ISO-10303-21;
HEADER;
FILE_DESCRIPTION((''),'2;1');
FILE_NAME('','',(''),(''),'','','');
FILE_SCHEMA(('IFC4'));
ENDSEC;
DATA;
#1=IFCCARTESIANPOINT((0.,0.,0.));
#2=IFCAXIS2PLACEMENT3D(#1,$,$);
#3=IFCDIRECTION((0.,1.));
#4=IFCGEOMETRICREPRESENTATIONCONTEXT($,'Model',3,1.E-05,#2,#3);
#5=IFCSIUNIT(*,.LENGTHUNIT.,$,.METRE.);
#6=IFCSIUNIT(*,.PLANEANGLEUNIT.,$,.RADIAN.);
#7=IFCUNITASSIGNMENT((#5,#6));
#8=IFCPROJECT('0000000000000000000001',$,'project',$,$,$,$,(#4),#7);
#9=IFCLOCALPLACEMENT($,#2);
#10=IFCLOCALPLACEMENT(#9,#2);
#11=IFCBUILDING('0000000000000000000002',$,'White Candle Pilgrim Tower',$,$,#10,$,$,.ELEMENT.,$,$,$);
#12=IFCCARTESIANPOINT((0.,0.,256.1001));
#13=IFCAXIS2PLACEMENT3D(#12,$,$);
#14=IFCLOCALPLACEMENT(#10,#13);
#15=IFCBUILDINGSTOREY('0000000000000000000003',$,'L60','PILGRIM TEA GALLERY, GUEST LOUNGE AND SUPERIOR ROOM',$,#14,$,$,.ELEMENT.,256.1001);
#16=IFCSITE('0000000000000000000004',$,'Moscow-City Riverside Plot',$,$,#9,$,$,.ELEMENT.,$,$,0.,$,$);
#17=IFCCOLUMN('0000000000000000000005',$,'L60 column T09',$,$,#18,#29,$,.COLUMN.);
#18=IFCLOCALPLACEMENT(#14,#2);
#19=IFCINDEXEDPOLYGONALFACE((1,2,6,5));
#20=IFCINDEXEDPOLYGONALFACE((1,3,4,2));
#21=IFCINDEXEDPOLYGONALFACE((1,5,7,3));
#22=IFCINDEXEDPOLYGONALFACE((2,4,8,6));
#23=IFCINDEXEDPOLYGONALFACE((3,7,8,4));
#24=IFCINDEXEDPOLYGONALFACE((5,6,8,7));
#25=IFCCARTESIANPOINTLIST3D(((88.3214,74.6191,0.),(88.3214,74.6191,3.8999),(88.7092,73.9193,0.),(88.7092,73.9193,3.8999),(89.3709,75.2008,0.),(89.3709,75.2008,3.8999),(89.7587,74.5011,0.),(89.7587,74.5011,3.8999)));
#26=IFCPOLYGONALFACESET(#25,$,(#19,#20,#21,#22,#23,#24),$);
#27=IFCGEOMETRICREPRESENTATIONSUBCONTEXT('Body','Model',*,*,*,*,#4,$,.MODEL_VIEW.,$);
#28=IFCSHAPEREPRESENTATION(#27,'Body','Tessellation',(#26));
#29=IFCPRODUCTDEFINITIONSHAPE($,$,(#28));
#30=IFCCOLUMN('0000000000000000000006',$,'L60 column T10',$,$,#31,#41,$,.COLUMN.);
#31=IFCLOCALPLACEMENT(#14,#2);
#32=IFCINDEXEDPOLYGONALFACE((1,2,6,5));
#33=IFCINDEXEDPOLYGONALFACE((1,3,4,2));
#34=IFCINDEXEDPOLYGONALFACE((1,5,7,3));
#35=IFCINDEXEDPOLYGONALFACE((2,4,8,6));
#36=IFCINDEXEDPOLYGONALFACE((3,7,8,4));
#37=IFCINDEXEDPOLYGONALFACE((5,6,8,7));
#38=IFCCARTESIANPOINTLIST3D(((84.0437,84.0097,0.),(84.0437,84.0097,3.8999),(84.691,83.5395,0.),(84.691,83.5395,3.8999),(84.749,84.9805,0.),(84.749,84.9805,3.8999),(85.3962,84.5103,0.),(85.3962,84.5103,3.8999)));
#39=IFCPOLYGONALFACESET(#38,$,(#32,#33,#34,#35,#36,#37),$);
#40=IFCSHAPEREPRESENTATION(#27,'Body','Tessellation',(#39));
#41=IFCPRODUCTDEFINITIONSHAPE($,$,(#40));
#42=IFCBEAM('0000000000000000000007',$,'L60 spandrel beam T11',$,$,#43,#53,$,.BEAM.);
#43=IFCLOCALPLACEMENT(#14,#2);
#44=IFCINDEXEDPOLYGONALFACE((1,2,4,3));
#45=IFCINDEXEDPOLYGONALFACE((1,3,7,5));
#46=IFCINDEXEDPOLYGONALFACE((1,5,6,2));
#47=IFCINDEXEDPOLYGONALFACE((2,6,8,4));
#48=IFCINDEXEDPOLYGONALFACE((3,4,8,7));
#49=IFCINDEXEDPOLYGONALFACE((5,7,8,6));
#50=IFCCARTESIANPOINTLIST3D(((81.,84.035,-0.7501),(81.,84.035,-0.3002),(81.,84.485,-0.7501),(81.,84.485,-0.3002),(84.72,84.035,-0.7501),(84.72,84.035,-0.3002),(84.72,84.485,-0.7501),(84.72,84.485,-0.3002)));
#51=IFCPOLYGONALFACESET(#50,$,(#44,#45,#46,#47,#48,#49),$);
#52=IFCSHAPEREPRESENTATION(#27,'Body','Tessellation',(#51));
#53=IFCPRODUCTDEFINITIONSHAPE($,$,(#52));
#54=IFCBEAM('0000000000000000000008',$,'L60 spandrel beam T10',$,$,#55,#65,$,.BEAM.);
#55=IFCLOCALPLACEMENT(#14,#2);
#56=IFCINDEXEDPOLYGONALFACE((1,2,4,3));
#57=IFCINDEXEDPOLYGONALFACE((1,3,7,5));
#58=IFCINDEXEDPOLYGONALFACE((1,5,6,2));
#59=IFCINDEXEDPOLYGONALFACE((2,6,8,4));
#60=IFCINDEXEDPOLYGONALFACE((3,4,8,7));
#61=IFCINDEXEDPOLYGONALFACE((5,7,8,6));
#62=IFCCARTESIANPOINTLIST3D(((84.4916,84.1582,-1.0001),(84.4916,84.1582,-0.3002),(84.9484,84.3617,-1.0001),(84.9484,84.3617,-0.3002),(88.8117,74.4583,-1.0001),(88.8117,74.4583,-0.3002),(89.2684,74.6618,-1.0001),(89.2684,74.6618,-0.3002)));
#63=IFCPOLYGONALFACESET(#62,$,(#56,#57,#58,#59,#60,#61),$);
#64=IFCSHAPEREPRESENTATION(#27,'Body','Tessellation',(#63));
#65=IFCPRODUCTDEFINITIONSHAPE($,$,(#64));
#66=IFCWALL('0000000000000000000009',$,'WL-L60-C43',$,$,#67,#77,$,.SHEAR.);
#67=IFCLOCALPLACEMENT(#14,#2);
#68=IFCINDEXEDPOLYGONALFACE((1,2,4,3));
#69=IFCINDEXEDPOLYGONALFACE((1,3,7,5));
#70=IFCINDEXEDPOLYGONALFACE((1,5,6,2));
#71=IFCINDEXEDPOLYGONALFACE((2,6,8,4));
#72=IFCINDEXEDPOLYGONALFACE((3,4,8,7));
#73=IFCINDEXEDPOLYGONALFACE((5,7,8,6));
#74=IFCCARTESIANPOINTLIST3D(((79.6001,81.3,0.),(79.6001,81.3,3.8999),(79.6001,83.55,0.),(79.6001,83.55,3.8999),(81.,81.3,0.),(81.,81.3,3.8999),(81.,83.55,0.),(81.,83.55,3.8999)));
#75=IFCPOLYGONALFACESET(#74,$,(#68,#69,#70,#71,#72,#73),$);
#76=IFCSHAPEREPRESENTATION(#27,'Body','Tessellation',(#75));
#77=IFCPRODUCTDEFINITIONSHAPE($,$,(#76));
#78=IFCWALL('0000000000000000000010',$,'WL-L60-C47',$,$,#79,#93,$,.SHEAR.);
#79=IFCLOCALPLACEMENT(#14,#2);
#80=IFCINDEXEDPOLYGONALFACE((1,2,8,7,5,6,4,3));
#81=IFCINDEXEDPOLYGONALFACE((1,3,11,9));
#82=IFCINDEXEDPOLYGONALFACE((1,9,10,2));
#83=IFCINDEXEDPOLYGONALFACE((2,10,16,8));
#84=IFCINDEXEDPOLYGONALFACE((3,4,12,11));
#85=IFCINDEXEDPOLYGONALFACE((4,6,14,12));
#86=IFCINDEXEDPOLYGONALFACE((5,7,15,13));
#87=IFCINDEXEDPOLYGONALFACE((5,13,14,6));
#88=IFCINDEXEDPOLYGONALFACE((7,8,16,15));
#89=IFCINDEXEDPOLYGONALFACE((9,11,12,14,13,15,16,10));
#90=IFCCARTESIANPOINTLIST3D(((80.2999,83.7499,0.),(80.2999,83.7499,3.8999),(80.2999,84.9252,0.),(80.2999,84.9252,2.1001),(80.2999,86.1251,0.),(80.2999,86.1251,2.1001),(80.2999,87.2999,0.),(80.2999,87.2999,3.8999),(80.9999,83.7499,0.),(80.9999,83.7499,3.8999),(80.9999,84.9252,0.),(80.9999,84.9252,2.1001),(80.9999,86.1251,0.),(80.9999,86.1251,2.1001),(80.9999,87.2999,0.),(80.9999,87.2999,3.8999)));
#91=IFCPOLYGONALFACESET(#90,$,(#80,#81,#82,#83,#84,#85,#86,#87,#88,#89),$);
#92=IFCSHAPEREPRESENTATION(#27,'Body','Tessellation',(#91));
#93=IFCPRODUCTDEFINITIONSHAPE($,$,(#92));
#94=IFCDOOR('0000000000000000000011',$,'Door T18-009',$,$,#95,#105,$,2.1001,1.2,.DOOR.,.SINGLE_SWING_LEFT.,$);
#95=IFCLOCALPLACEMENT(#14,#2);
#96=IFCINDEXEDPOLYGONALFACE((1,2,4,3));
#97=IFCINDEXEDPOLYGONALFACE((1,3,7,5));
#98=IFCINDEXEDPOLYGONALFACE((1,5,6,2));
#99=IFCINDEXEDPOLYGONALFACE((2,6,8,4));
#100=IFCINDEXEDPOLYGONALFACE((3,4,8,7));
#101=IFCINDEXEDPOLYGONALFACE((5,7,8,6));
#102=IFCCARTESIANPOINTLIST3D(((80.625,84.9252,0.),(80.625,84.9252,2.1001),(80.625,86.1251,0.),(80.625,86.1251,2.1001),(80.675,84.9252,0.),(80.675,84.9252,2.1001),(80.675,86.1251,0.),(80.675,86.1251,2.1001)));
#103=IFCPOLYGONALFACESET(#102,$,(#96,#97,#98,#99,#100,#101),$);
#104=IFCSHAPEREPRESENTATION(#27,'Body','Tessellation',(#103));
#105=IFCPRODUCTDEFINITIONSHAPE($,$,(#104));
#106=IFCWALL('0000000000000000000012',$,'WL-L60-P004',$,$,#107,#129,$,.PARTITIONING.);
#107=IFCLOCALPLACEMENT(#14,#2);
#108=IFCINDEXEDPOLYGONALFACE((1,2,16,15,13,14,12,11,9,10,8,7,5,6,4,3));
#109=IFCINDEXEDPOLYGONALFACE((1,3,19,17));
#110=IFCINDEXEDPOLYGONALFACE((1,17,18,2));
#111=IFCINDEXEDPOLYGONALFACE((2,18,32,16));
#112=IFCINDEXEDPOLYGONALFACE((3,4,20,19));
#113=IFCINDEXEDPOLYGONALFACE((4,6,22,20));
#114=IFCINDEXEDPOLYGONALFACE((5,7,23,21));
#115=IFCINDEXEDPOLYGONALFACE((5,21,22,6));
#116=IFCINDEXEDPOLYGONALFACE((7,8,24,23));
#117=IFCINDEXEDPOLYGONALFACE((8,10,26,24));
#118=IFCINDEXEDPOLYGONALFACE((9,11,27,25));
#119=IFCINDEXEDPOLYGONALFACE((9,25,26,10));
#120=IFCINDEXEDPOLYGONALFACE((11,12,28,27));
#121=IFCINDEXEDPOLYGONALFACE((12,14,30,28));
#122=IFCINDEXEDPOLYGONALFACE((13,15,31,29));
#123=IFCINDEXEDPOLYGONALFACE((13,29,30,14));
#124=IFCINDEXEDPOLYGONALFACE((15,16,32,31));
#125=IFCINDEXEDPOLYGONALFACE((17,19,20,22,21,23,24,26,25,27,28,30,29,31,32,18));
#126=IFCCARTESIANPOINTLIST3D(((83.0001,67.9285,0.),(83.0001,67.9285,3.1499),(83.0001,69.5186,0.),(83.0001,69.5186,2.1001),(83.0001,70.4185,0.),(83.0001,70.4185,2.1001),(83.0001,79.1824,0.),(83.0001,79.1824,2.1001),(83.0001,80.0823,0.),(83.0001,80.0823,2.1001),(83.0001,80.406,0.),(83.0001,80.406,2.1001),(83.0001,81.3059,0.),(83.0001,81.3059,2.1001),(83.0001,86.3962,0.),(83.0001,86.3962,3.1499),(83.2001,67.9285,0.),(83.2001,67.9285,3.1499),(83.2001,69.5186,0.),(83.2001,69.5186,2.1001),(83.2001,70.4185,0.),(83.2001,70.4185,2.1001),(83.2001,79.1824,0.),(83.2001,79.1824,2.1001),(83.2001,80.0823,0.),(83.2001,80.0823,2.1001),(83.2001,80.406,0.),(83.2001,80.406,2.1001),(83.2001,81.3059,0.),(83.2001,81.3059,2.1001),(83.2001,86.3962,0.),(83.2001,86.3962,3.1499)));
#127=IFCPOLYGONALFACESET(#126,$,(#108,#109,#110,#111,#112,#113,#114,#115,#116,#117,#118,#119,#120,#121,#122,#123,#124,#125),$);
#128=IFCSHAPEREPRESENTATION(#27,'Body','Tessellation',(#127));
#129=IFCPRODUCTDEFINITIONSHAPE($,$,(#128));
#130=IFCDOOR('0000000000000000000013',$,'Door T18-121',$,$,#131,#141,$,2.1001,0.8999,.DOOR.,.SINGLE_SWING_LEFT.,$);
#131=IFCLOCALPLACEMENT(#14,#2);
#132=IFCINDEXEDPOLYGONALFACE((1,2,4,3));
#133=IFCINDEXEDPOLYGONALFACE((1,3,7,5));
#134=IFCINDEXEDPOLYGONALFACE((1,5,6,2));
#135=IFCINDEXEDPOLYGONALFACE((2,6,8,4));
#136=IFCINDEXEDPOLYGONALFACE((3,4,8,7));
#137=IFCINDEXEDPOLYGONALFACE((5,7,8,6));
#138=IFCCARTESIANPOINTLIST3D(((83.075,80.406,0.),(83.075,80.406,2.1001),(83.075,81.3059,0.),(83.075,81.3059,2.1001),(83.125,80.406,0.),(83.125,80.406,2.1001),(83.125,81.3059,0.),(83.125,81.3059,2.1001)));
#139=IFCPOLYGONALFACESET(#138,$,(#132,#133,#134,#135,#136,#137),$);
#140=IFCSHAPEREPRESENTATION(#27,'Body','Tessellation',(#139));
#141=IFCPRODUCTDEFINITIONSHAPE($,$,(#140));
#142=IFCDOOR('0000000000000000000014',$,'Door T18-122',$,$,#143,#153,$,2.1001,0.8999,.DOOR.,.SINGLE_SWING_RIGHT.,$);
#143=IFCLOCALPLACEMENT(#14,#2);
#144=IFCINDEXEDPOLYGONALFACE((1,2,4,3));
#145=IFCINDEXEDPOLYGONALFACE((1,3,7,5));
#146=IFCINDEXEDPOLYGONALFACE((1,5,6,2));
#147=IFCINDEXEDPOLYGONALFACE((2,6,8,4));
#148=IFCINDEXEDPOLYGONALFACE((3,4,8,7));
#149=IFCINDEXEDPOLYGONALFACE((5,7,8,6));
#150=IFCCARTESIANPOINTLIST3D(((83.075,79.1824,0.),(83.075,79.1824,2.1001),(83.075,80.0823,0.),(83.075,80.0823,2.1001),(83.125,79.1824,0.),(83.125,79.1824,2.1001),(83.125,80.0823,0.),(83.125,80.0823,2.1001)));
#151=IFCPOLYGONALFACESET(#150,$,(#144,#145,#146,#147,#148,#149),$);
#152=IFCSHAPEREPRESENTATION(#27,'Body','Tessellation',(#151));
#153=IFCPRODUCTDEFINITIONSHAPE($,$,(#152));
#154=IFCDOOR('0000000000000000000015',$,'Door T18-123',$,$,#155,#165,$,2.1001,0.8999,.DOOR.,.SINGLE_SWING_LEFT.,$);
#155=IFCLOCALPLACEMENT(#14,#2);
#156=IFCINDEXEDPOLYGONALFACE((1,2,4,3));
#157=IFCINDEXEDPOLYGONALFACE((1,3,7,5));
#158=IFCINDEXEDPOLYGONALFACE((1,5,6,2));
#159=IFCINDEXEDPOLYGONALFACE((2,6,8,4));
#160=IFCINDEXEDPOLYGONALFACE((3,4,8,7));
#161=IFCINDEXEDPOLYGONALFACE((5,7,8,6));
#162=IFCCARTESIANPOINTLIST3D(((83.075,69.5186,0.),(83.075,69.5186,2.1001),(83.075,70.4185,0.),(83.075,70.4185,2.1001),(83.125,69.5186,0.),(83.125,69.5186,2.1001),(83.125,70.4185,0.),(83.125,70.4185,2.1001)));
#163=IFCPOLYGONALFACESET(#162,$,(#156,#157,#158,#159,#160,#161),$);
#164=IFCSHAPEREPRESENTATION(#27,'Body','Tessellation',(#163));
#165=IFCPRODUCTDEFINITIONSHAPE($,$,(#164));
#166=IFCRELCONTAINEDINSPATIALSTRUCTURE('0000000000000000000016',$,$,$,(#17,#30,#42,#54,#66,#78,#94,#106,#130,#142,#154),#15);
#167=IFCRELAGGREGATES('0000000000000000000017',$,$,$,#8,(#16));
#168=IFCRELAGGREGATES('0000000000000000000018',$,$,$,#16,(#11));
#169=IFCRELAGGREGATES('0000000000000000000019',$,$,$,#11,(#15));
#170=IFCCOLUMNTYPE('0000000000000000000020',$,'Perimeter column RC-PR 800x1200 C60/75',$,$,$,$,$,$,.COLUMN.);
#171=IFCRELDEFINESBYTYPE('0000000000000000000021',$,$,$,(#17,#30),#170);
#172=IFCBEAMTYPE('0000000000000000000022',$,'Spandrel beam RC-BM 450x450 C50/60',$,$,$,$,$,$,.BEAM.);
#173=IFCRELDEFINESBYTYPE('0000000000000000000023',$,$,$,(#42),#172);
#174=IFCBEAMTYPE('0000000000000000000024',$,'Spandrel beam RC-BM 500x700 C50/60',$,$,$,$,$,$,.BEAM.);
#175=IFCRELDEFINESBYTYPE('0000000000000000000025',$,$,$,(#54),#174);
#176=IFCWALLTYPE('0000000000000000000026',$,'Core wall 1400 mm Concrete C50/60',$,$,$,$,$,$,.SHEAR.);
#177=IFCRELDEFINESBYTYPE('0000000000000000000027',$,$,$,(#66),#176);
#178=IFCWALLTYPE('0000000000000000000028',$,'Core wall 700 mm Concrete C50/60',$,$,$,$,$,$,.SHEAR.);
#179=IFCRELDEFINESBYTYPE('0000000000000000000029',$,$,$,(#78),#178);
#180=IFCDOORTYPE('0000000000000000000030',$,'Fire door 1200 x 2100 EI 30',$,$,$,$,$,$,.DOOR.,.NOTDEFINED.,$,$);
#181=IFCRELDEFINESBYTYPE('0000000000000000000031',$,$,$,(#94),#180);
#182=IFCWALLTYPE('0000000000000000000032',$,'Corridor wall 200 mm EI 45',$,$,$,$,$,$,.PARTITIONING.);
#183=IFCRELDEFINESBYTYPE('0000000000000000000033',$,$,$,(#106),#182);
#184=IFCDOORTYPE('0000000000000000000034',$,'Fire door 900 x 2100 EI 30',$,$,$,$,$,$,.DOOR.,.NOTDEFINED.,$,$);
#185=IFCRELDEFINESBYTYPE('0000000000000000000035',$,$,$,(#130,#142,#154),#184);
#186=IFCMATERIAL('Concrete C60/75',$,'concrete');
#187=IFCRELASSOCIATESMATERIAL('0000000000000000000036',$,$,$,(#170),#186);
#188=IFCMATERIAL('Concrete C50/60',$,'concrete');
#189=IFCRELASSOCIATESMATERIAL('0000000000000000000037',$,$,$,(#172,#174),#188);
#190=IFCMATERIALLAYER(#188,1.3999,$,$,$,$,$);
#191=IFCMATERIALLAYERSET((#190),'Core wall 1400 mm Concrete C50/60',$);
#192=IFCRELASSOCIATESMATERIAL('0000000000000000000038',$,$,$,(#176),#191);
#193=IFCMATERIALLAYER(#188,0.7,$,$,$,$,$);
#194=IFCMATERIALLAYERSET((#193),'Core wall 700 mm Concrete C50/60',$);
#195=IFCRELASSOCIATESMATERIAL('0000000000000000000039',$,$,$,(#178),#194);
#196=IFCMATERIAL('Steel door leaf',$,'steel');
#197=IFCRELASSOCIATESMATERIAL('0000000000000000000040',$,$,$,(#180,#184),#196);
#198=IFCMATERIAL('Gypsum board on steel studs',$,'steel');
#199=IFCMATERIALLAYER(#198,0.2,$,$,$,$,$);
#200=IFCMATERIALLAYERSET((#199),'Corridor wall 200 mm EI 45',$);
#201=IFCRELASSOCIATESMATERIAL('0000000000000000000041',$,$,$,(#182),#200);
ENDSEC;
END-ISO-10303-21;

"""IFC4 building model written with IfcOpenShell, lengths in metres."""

from ifc_helpers import new_model, si_unit, direction, frame, frame_2d, origin, origin_2d, place, context, subcontext, project, spatial, rectangle, extrude, material, layer, layer_set, material_profile, profile_set, type_object, element, fill, save


model = new_model("IFC4")

# Units and contexts
model_context = context("Model", 3, precision=1e-05, world=origin(), true_north=direction((0.0, 1.0)))
body_context = subcontext(model_context, "Body", "Model", "MODEL_VIEW")
ifc_project = project(units=[si_unit("LENGTHUNIT", "METRE"), si_unit("PLANEANGLEUNIT", "RADIAN")], contexts=[model_context])

# Site, building, storey
site_placement = place(None, origin())
site = spatial("IfcSite", under=ifc_project, at=site_placement, Name="Moscow-City Riverside Plot", CompositionType="ELEMENT", RefElevation=0.0)
building_placement = place(site_placement, origin())
building = spatial("IfcBuilding", under=site, at=building_placement, Name="White Candle Pilgrim Tower", CompositionType="ELEMENT")
storey_placement = place(building_placement, frame((0.0, 0.0, 256.1001)))
storey = spatial("IfcBuildingStorey", under=building, at=storey_placement, Name="L60", Description="PILGRIM TEA GALLERY, GUEST LOUNGE AND SUPERIOR ROOM", CompositionType="ELEMENT", Elevation=256.1001)

# Columns
ifc_material_1 = material(Name="Concrete C60/75", Category="concrete")
ifc_material_profile_1 = material_profile(ifc_material_1, rectangle(XDim=0.8, YDim=1.2, at=origin_2d()), Name="RC-PR 800x1200")
ifc_profile_set_1 = profile_set([ifc_material_profile_1], Name="Concrete C60/75")
column_type = type_object("IfcColumnType", Name="Perimeter column RC-PR 800x1200 C60/75", PredefinedType="COLUMN", material=ifc_profile_set_1)
for number, where, z_axis, x_axis, name in (
    (1, (89.04, 74.5601, 0.0), (0.0, 0.0, 1.0), (0.48481, -0.87462, 0.0), "L60 column T09"),
    (2, (84.72, 84.26, 0.0), (0.0, 0.0, 1.0), (0.809027, -0.587771, 0.0), "L60 column T10"),
):
    element("IfcColumn", number, at=place(storey_placement, frame(where, z_axis=z_axis, x_axis=x_axis)), inside=storey, type_object=column_type, Name=name, PredefinedType="COLUMN", context=body_context, shape_type="SweptSolid", body=[
        extrude(rectangle(XDim=0.8, YDim=1.2, at=origin_2d()), origin(), (0.0, 0.0, 1.0), 3.8999),
    ])

# Beams
ifc_material_2 = material(Name="Concrete C50/60", Category="concrete")
ifc_material_profile_2 = material_profile(ifc_material_2, rectangle(XDim=0.45, YDim=0.45, at=origin_2d()), Name="RC-BM 450x450")
ifc_profile_set_2 = profile_set([ifc_material_profile_2], Name="Concrete C50/60")
beam_type_1 = type_object("IfcBeamType", Name="Spandrel beam RC-BM 450x450 C50/60", PredefinedType="BEAM", material=ifc_profile_set_2)
beam_1_placement = place(storey_placement, frame((84.72, 84.26, -0.5251), z_axis=(-1.0, 0.0, 0.0), x_axis=(0.0, -1.0, 0.0)))
element("IfcBeam", 3, at=beam_1_placement, inside=storey, type_object=beam_type_1, Name="L60 spandrel beam T11", PredefinedType="BEAM", context=body_context, shape_type="SweptSolid", body=[
    extrude(rectangle(XDim=0.45, YDim=0.45, at=origin_2d()), origin(), (0.0, 0.0, 1.0), 3.72),
])
ifc_material_profile_3 = material_profile(ifc_material_2, rectangle(XDim=0.5, YDim=0.7, at=origin_2d()), Name="RC-BM 500x700")
ifc_profile_set_3 = profile_set([ifc_material_profile_3], Name="Concrete C50/60")
beam_type_2 = type_object("IfcBeamType", Name="Spandrel beam RC-BM 500x700 C50/60", PredefinedType="BEAM", material=ifc_profile_set_3)
beam_2_placement = place(storey_placement, frame((89.04, 74.5601, -0.6501), z_axis=(-0.406844, 0.913497, 0.0), x_axis=(-0.913497, -0.406844, 0.0)))
element("IfcBeam", 4, at=beam_2_placement, inside=storey, type_object=beam_type_2, Name="L60 spandrel beam T10", PredefinedType="BEAM", context=body_context, shape_type="SweptSolid", body=[
    extrude(rectangle(XDim=0.5, YDim=0.7, at=origin_2d()), origin(), (0.0, 0.0, 1.0), 10.6184),
])

# Wall
ifc_layer_1 = layer(ifc_material_2, 1.3999)
ifc_layer_set_1 = layer_set([ifc_layer_1], Name="Core wall 1400 mm Concrete C50/60")
wall_type_1 = type_object("IfcWallType", Name="Core wall 1400 mm Concrete C50/60", PredefinedType="SHEAR", material=ifc_layer_set_1)
wall_1_placement = place(storey_placement, frame((80.3, 81.3, 0.0), z_axis=(0.0, 0.0, 1.0), x_axis=(0.0, 1.0, 0.0)))
element("IfcWall", 5, at=wall_1_placement, inside=storey, type_object=wall_type_1, Name="WL-L60-C43", PredefinedType="SHEAR", context=body_context, shape_type="SweptSolid", body=[
    extrude(rectangle(XDim=2.25, YDim=1.3999, at=frame_2d((1.125, 0.0))), origin(), (0.0, 0.0, 1.0), 3.8999),
])

# Wall, opening, door
ifc_layer_2 = layer(ifc_material_2, 0.7)
ifc_layer_set_2 = layer_set([ifc_layer_2], Name="Core wall 700 mm Concrete C50/60")
wall_type_2 = type_object("IfcWallType", Name="Core wall 700 mm Concrete C50/60", PredefinedType="SHEAR", material=ifc_layer_set_2)
wall_2_placement = place(storey_placement, frame((80.6499, 83.75, 0.0), z_axis=(0.0, 0.0, 1.0), x_axis=(0.0, 1.0, 0.0)))
wall_2 = element("IfcWall", 6, at=wall_2_placement, inside=storey, type_object=wall_type_2, Name="WL-L60-C47", PredefinedType="SHEAR", context=body_context, shape_type="SweptSolid", body=[
    extrude(rectangle(XDim=3.55, YDim=0.7, at=frame_2d((1.7749, 0.0))), origin(), (0.0, 0.0, 1.0), 3.8999),
])
opening_1_placement = place(wall_2_placement, frame((1.175, 0.0, 0.0)))
opening_1 = element("IfcOpeningElement", 7, at=opening_1_placement, cuts=wall_2, PredefinedType="OPENING", context=body_context, shape_type="SweptSolid", body=[
    extrude(rectangle(XDim=1.2, YDim=2.1001, at=frame_2d((0.6001, 1.05))), frame((0.0, 0.3599, 0.0), z_axis=(0.0, -1.0, 0.0), x_axis=(1.0, 0.0, 0.0)), (0.0, 0.0, 1.0), 0.72),
])
ifc_material_3 = material(Name="Steel door leaf", Category="steel")
door_type_1 = type_object("IfcDoorType", Name="Fire door 1200 x 2100 EI 30", OperationType="NOTDEFINED", PredefinedType="DOOR", material=ifc_material_3)
door_1_placement = place(opening_1_placement, origin())
door_1 = element("IfcDoor", 8, at=door_1_placement, inside=storey, type_object=door_type_1, Name="Door T18-009", OperationType="SINGLE_SWING_LEFT", OverallHeight=2.1001, OverallWidth=1.2, PredefinedType="DOOR", context=body_context, shape_type="SweptSolid", body=[
    extrude(rectangle(XDim=1.2, YDim=2.1001, at=frame_2d((0.6001, 1.05))), frame((0.0, 0.0249, 0.0), z_axis=(0.0, -1.0, 0.0), x_axis=(1.0, 0.0, 0.0)), (0.0, 0.0, 1.0), 0.05),
])
fill(opening_1, door_1)

# Wall, openings, doors
ifc_material_4 = material(Name="Gypsum board on steel studs", Category="steel")
ifc_layer_3 = layer(ifc_material_4, 0.2)
ifc_layer_set_3 = layer_set([ifc_layer_3], Name="Corridor wall 200 mm EI 45")
wall_type_3 = type_object("IfcWallType", Name="Corridor wall 200 mm EI 45", PredefinedType="PARTITIONING", material=ifc_layer_set_3)
wall_3_placement = place(storey_placement, frame((83.1001, 86.3962, 0.0), z_axis=(0.0, 0.0, 1.0), x_axis=(0.0, -1.0, 0.0)))
wall_3 = element("IfcWall", 9, at=wall_3_placement, inside=storey, type_object=wall_type_3, Name="WL-L60-P004", PredefinedType="PARTITIONING", context=body_context, shape_type="SweptSolid", body=[
    extrude(rectangle(XDim=18.4678, YDim=0.2, at=frame_2d((9.2339, 0.0))), origin(), (0.0, 0.0, 1.0), 3.1499),
])
opening_2_placement = place(wall_3_placement, frame((5.0903, 0.0, 0.0)))
opening_2 = element("IfcOpeningElement", 10, at=opening_2_placement, cuts=wall_3, PredefinedType="OPENING", context=body_context, shape_type="SweptSolid", body=[
    extrude(rectangle(XDim=0.8999, YDim=2.1001, at=frame_2d((0.45, 1.05))), frame((0.0, 0.1099, 0.0), z_axis=(0.0, -1.0, 0.0), x_axis=(1.0, 0.0, 0.0)), (0.0, 0.0, 1.0), 0.22),
])
opening_3_placement = place(wall_3_placement, frame((6.314, 0.0, 0.0)))
opening_3 = element("IfcOpeningElement", 11, at=opening_3_placement, cuts=wall_3, PredefinedType="OPENING", context=body_context, shape_type="SweptSolid", body=[
    extrude(rectangle(XDim=0.8999, YDim=2.1001, at=frame_2d((0.45, 1.05))), frame((0.0, 0.1099, 0.0), z_axis=(0.0, -1.0, 0.0), x_axis=(1.0, 0.0, 0.0)), (0.0, 0.0, 1.0), 0.22),
])
opening_4_placement = place(wall_3_placement, frame((15.9778, 0.0, 0.0)))
opening_4 = element("IfcOpeningElement", 12, at=opening_4_placement, cuts=wall_3, PredefinedType="OPENING", context=body_context, shape_type="SweptSolid", body=[
    extrude(rectangle(XDim=0.8999, YDim=2.1001, at=frame_2d((0.45, 1.05))), frame((0.0, 0.1099, 0.0), z_axis=(0.0, -1.0, 0.0), x_axis=(1.0, 0.0, 0.0)), (0.0, 0.0, 1.0), 0.22),
])
door_type_2 = type_object("IfcDoorType", Name="Fire door 900 x 2100 EI 30", OperationType="NOTDEFINED", PredefinedType="DOOR", material=ifc_material_3)
door_2_placement = place(opening_2_placement, origin())
door_2 = element("IfcDoor", 13, at=door_2_placement, inside=storey, type_object=door_type_2, Name="Door T18-121", OperationType="SINGLE_SWING_LEFT", OverallHeight=2.1001, OverallWidth=0.8999, PredefinedType="DOOR", context=body_context, shape_type="SweptSolid", body=[
    extrude(rectangle(XDim=0.8999, YDim=2.1001, at=frame_2d((0.45, 1.05))), frame((0.0, 0.0249, 0.0), z_axis=(0.0, -1.0, 0.0), x_axis=(1.0, 0.0, 0.0)), (0.0, 0.0, 1.0), 0.05),
])
fill(opening_2, door_2)
door_3_placement = place(opening_3_placement, origin())
door_3 = element("IfcDoor", 14, at=door_3_placement, inside=storey, type_object=door_type_2, Name="Door T18-122", OperationType="SINGLE_SWING_RIGHT", OverallHeight=2.1001, OverallWidth=0.8999, PredefinedType="DOOR", context=body_context, shape_type="SweptSolid", body=[
    extrude(rectangle(XDim=0.8999, YDim=2.1001, at=frame_2d((0.45, 1.05))), frame((0.0, 0.0249, 0.0), z_axis=(0.0, -1.0, 0.0), x_axis=(1.0, 0.0, 0.0)), (0.0, 0.0, 1.0), 0.05),
])
fill(opening_3, door_3)
door_4_placement = place(opening_4_placement, origin())
door_4 = element("IfcDoor", 15, at=door_4_placement, inside=storey, type_object=door_type_2, Name="Door T18-123", OperationType="SINGLE_SWING_LEFT", OverallHeight=2.1001, OverallWidth=0.8999, PredefinedType="DOOR", context=body_context, shape_type="SweptSolid", body=[
    extrude(rectangle(XDim=0.8999, YDim=2.1001, at=frame_2d((0.45, 1.05))), frame((0.0, 0.0249, 0.0), z_axis=(0.0, -1.0, 0.0), x_axis=(1.0, 0.0, 0.0)), (0.0, 0.0, 1.0), 0.05),
])
fill(opening_4, door_4)

save(model, "model.ifc")
